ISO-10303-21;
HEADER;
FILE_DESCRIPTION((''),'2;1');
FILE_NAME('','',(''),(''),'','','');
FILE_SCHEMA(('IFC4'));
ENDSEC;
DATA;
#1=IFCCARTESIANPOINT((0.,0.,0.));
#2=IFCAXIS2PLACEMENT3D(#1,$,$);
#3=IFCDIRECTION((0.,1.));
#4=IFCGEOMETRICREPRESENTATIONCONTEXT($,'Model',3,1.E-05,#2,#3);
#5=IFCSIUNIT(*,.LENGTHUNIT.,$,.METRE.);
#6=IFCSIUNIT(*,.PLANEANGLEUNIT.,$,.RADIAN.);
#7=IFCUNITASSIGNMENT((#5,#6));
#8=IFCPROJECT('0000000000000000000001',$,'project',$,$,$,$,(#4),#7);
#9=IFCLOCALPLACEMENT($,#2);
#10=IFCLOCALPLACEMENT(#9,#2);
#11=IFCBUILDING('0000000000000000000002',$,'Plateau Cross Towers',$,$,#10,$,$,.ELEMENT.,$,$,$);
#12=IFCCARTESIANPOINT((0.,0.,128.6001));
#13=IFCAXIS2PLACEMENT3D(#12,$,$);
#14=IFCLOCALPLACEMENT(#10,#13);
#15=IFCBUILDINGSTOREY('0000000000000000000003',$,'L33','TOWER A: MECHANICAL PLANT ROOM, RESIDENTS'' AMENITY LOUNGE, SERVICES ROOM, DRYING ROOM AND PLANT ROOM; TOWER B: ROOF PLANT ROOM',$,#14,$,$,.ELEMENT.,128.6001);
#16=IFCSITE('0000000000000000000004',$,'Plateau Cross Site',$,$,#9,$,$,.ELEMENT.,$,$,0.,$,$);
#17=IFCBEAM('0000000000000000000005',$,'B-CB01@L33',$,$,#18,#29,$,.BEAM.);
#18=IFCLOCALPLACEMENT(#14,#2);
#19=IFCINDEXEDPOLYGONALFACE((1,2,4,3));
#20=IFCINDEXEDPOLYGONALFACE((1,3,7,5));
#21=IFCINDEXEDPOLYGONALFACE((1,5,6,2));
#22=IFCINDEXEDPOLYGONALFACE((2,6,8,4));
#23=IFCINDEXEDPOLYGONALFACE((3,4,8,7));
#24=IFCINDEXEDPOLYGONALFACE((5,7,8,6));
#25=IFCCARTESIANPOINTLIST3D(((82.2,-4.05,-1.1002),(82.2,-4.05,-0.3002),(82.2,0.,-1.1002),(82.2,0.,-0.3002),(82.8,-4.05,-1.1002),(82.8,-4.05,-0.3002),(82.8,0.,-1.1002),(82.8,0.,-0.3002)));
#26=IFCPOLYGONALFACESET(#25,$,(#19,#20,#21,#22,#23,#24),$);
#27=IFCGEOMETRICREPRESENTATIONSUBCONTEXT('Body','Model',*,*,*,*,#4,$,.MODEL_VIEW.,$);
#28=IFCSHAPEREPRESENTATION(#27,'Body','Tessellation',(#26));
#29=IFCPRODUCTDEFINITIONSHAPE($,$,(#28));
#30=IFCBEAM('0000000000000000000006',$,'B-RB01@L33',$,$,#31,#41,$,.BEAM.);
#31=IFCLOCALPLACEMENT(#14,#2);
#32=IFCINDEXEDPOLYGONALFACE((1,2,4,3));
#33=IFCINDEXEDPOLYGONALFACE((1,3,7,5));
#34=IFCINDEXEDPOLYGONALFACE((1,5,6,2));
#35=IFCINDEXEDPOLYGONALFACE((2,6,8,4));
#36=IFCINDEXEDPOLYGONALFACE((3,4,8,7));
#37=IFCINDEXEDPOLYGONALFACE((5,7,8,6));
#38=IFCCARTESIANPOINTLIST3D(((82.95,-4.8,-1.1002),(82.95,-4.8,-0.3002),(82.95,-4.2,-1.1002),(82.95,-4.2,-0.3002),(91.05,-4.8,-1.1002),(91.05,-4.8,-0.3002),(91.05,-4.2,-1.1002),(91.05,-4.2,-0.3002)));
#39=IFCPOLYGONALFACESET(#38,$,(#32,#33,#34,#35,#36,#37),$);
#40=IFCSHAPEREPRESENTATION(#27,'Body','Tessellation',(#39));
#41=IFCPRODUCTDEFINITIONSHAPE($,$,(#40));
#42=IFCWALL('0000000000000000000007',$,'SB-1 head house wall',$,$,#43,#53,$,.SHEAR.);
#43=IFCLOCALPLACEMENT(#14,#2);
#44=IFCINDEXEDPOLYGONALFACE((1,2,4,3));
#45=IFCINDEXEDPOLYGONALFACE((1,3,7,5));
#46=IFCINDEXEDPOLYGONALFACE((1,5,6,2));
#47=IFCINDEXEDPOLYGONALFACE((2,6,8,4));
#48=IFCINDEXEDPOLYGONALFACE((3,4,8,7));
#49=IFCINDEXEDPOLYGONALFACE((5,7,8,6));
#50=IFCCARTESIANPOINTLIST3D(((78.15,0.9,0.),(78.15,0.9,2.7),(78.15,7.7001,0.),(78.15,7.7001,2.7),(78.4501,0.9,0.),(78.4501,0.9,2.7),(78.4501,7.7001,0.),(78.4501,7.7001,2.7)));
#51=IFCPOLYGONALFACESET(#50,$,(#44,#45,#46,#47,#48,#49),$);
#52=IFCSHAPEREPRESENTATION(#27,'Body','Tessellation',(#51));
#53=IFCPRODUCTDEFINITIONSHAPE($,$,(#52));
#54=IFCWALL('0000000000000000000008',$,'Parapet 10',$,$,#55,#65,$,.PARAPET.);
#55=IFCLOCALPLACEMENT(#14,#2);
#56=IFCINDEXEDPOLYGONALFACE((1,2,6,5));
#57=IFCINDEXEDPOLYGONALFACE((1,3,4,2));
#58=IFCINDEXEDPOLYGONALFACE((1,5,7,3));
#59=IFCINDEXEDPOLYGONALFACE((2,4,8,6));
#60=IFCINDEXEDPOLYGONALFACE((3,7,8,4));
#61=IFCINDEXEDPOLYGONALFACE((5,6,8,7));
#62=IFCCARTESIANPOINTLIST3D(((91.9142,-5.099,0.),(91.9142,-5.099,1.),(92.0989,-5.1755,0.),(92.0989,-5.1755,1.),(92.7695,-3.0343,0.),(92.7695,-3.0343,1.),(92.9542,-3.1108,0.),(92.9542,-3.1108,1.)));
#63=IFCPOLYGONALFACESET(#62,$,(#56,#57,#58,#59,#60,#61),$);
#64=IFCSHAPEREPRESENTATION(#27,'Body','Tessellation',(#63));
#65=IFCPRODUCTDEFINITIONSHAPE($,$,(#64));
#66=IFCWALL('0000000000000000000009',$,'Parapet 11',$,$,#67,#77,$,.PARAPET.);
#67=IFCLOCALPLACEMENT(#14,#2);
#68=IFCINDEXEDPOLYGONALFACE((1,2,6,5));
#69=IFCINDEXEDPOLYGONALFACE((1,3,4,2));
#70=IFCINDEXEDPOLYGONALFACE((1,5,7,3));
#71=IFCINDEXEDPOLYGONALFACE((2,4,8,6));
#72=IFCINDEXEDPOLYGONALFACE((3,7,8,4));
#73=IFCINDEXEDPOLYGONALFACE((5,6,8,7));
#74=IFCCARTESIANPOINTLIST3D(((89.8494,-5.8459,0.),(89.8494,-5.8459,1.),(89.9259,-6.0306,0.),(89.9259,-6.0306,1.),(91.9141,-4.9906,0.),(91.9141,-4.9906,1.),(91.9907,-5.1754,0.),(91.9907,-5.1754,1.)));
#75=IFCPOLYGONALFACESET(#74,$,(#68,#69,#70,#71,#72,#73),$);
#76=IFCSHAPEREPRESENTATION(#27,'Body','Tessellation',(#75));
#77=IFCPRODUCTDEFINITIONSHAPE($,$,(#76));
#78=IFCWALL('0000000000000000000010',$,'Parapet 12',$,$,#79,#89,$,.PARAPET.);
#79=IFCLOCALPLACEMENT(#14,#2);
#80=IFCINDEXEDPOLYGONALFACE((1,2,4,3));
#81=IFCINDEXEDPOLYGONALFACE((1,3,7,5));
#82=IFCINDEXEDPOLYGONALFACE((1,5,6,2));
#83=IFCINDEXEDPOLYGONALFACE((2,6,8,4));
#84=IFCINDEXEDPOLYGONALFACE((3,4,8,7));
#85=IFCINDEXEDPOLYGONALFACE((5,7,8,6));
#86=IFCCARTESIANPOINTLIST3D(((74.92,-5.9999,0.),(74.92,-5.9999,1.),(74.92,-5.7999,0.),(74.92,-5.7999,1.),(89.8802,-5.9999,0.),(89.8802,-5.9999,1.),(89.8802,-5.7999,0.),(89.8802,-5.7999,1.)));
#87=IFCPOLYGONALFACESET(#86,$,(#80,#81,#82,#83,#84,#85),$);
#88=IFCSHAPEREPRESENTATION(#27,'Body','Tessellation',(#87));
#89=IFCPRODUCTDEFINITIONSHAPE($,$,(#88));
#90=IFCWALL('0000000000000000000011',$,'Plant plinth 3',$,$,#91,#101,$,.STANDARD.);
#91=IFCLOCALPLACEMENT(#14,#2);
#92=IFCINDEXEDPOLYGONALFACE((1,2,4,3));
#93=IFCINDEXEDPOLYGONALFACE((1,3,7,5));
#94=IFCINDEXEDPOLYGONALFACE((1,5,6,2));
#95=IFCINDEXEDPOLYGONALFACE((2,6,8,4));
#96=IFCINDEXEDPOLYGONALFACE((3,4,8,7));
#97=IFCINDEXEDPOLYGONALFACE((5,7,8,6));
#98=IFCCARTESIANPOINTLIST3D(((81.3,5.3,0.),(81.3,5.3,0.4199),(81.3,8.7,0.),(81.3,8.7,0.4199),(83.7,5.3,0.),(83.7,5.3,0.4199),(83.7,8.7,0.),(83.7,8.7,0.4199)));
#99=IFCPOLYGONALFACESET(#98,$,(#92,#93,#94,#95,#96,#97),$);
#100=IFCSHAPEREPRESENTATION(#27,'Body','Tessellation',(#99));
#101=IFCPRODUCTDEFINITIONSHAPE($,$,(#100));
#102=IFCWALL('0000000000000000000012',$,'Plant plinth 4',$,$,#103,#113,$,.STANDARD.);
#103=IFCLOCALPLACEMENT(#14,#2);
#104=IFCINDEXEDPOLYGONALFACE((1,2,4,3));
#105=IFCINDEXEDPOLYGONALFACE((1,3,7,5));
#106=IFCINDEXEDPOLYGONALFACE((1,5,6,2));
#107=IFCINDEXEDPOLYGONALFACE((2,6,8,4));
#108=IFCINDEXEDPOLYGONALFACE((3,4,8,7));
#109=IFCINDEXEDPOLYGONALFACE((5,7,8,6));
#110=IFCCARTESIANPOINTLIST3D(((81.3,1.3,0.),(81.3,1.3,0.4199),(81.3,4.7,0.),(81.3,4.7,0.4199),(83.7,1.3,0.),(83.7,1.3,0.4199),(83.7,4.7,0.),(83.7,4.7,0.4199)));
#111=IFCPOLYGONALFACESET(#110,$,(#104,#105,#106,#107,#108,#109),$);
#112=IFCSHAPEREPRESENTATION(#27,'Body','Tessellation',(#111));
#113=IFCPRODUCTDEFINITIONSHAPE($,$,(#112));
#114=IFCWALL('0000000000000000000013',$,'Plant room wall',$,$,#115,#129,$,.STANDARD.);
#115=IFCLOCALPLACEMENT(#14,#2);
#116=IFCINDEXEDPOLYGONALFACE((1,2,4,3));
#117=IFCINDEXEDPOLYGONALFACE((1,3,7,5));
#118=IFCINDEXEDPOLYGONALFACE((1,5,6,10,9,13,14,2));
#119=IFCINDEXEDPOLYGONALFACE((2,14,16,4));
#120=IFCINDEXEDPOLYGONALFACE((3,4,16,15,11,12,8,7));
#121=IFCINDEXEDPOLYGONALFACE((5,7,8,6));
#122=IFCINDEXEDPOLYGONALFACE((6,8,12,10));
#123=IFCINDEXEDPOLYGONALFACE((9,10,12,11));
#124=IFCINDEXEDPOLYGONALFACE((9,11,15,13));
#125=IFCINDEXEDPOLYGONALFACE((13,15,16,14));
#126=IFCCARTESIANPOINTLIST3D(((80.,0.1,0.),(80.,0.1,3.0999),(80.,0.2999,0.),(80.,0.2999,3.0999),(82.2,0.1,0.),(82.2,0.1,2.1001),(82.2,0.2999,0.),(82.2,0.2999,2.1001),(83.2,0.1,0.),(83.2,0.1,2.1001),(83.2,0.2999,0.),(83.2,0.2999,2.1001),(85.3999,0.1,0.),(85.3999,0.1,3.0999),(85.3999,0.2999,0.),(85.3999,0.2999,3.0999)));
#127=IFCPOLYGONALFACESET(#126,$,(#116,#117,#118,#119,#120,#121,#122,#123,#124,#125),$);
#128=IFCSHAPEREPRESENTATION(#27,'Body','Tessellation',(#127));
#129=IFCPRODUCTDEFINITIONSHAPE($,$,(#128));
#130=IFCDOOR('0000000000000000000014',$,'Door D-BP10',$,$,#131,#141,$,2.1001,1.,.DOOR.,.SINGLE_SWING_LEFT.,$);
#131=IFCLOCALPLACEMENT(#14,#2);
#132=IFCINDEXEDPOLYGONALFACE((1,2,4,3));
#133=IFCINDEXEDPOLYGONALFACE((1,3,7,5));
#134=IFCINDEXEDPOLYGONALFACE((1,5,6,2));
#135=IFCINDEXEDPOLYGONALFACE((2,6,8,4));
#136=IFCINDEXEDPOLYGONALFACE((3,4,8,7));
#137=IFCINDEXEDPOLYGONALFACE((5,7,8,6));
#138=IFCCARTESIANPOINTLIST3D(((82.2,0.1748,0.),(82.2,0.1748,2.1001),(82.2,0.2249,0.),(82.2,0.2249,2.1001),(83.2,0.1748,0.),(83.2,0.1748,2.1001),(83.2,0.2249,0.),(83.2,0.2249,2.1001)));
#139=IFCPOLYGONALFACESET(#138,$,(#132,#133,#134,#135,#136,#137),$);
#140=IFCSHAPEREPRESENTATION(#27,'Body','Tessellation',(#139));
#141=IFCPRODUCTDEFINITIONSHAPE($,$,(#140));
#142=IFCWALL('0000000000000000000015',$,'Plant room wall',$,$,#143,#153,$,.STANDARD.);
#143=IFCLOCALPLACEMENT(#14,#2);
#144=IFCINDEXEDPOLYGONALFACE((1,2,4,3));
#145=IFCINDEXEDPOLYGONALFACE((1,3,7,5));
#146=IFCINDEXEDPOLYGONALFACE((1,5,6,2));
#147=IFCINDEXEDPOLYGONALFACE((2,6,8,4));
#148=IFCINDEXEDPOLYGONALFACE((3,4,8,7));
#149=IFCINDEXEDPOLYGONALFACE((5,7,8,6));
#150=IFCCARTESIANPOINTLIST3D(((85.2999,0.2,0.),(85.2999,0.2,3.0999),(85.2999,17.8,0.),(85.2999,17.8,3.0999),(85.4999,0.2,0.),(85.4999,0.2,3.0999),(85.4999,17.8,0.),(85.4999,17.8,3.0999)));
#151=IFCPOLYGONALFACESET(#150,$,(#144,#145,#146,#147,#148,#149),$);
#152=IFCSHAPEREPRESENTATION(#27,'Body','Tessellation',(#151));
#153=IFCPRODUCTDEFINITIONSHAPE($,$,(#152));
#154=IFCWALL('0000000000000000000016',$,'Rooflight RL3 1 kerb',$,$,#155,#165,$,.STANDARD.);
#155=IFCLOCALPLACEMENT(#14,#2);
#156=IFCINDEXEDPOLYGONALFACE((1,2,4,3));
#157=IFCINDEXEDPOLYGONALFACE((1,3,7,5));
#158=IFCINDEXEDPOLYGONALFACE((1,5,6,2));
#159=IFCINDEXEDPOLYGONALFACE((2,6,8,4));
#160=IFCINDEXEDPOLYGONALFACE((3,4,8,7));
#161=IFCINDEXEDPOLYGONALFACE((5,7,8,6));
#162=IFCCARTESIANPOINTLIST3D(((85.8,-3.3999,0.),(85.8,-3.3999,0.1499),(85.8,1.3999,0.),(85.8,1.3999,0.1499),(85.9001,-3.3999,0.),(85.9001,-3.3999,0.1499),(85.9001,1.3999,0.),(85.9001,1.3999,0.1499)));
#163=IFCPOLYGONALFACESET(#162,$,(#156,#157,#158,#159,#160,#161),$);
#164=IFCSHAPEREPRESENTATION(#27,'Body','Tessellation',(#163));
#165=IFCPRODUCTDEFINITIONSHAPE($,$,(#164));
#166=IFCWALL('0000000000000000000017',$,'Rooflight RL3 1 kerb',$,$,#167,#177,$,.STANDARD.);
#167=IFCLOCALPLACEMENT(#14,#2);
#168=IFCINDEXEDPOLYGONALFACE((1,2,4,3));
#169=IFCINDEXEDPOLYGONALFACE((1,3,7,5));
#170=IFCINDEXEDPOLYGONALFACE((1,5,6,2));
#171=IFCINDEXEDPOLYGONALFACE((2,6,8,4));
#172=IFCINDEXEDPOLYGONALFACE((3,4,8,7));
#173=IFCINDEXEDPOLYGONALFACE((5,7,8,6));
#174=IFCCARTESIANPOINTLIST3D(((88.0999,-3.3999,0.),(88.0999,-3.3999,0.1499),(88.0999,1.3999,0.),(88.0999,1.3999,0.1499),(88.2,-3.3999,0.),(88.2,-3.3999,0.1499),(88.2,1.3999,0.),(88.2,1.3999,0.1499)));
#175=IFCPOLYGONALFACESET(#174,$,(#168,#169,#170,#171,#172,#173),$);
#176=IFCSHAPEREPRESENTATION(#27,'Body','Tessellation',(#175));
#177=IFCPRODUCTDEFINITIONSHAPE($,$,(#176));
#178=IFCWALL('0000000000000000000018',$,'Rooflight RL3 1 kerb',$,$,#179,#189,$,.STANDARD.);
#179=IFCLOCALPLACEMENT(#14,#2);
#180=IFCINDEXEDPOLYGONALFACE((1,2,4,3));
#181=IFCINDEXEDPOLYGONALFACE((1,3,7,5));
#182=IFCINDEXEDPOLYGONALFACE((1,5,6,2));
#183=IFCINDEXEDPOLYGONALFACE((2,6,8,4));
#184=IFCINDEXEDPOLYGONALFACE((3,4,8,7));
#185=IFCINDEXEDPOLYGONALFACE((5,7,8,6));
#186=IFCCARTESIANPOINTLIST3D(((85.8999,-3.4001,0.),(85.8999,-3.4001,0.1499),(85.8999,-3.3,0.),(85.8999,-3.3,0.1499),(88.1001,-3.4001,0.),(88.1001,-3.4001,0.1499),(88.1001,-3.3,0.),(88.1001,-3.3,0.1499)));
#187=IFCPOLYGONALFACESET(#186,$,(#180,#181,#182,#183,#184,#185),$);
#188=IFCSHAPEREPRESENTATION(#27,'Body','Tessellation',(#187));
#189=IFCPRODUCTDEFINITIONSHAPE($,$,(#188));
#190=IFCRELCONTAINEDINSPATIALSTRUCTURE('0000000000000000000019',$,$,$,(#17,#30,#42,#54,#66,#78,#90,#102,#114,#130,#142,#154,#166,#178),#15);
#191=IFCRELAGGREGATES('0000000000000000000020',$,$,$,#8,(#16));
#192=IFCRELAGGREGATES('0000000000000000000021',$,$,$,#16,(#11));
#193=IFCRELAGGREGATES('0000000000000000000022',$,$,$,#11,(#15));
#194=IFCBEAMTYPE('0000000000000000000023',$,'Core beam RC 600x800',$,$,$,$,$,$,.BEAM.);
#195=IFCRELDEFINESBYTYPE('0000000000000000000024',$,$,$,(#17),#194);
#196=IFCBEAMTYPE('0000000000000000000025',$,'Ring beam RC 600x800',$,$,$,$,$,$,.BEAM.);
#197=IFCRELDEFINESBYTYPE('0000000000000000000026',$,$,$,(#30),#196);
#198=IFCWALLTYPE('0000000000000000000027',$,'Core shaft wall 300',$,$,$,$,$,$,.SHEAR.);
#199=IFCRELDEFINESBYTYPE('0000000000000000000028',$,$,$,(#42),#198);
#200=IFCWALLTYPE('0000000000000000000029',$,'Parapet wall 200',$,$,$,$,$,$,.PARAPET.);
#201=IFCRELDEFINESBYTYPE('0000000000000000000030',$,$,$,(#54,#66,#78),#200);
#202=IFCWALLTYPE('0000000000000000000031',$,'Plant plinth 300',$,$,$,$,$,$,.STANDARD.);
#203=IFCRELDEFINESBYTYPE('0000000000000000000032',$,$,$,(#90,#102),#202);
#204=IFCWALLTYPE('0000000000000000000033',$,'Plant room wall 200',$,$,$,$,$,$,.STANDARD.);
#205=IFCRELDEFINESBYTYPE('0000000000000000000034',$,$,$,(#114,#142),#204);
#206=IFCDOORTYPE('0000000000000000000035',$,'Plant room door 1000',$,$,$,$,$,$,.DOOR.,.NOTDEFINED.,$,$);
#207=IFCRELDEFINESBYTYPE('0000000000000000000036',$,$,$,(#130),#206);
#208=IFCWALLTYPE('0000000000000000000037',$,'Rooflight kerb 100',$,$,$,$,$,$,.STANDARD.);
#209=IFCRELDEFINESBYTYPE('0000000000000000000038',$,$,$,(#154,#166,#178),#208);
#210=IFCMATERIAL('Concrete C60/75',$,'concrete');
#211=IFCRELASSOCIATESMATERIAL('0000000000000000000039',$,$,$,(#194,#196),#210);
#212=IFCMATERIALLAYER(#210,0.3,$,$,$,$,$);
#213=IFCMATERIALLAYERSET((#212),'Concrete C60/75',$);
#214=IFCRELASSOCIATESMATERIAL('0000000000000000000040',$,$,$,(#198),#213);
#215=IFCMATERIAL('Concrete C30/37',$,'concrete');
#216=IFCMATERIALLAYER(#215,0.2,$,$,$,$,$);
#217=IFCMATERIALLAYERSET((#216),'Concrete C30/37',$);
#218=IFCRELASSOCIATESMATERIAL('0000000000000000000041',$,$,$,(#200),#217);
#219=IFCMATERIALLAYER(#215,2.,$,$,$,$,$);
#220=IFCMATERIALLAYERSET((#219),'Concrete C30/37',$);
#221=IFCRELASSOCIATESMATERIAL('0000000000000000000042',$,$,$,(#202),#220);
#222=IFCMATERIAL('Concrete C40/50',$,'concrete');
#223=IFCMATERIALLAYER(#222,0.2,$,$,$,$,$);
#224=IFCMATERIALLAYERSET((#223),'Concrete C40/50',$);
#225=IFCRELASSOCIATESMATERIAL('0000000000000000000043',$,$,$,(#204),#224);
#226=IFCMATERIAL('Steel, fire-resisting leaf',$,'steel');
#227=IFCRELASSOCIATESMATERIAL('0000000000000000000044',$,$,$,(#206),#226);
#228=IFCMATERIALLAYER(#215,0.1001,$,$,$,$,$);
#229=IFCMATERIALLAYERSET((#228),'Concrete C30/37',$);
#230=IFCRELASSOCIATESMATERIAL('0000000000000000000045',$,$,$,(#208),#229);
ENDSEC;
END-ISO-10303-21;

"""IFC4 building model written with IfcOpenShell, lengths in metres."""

from ifc_helpers import new_model, si_unit, direction, frame, frame_2d, origin, origin_2d, place, context, subcontext, project, spatial, rectangle, extrude, material, layer, layer_set, material_profile, profile_set, type_object, element, fill, save


model = new_model("IFC4")

# Units and contexts
model_context = context("Model", 3, precision=1e-05, world=origin(), true_north=direction((0.0, 1.0)))
body_context = subcontext(model_context, "Body", "Model", "MODEL_VIEW")
ifc_project = project(units=[si_unit("LENGTHUNIT", "METRE"), si_unit("PLANEANGLEUNIT", "RADIAN")], contexts=[model_context])

# Site, building, storey
site_placement = place(None, origin())
site = spatial("IfcSite", under=ifc_project, at=site_placement, Name="Plateau Cross Site", CompositionType="ELEMENT", RefElevation=0.0)
building_placement = place(site_placement, origin())
building = spatial("IfcBuilding", under=site, at=building_placement, Name="Plateau Cross Towers", CompositionType="ELEMENT")
storey_placement = place(building_placement, frame((0.0, 0.0, 128.6001)))
storey = spatial("IfcBuildingStorey", under=building, at=storey_placement, Name="L33", Description="TOWER A: MECHANICAL PLANT ROOM, RESIDENTS' AMENITY LOUNGE, SERVICES ROOM, DRYING ROOM AND PLANT ROOM; TOWER B: ROOF PLANT ROOM", CompositionType="ELEMENT", Elevation=128.6001)

# Beams
ifc_material_1 = material(Name="Concrete C60/75", Category="concrete")
ifc_material_profile_1 = material_profile(ifc_material_1, rectangle(XDim=0.6001, YDim=0.8, at=origin_2d()), Name="RC 600x800")
ifc_profile_set_1 = profile_set([ifc_material_profile_1], Name="Concrete C60/75")
beam_type_1 = type_object("IfcBeamType", Name="Core beam RC 600x800", PredefinedType="BEAM", material=ifc_profile_set_1)
beam_1_placement = place(storey_placement, frame((82.5, 0.0, -0.7002), z_axis=(0.0, -1.0, 0.0), x_axis=(1.0, 0.0, 0.0)))
element("IfcBeam", 1, at=beam_1_placement, inside=storey, type_object=beam_type_1, Name="B-CB01@L33", PredefinedType="BEAM", context=body_context, shape_type="SweptSolid", body=[
    extrude(rectangle(XDim=0.6001, YDim=0.8, at=origin_2d()), origin(), (0.0, 0.0, 1.0), 4.05),
])
ifc_material_profile_2 = material_profile(ifc_material_1, rectangle(XDim=0.6001, YDim=0.8, at=origin_2d()), Name="RC 600x800")
ifc_profile_set_2 = profile_set([ifc_material_profile_2], Name="Concrete C60/75")
beam_type_2 = type_object("IfcBeamType", Name="Ring beam RC 600x800", PredefinedType="BEAM", material=ifc_profile_set_2)
beam_2_placement = place(storey_placement, frame((82.95, -4.5, -0.7002), z_axis=(1.0, 0.0, 0.0), x_axis=(0.0, 1.0, 0.0)))
element("IfcBeam", 2, at=beam_2_placement, inside=storey, type_object=beam_type_2, Name="B-RB01@L33", PredefinedType="BEAM", context=body_context, shape_type="SweptSolid", body=[
    extrude(rectangle(XDim=0.6001, YDim=0.8, at=origin_2d()), origin(), (0.0, 0.0, 1.0), 8.1001),
])

# Walls
ifc_layer_1 = layer(ifc_material_1, 0.3)
ifc_layer_set_1 = layer_set([ifc_layer_1], Name="Concrete C60/75")
wall_type_1 = type_object("IfcWallType", Name="Core shaft wall 300", PredefinedType="SHEAR", material=ifc_layer_set_1)
wall_1_placement = place(storey_placement, frame((78.3, 7.7, 0.0), z_axis=(0.0, 0.0, 1.0), x_axis=(0.0, -1.0, 0.0)))
element("IfcWall", 3, at=wall_1_placement, inside=storey, type_object=wall_type_1, Name="SB-1 head house wall", PredefinedType="SHEAR", context=body_context, shape_type="SweptSolid", body=[
    extrude(rectangle(XDim=6.8, YDim=0.3, at=frame_2d((3.3999, 0.0))), origin(), (0.0, 0.0, 1.0), 2.7),
])
ifc_material_2 = material(Name="Concrete C30/37", Category="concrete")
ifc_layer_2 = layer(ifc_material_2, 0.2)
ifc_layer_set_2 = layer_set([ifc_layer_2], Name="Concrete C30/37")
wall_type_2 = type_object("IfcWallType", Name="Parapet wall 200", PredefinedType="PARAPET", material=ifc_layer_set_2)
for number, where, z_axis, x_axis, name in (
    (4, (92.8618, -3.0725, 0.0), (0.0, 0.0, 1.0), (-0.382683, -0.92388, 0.0), "Parapet 10"),
    (5, (91.9524, -5.083, 0.0), (0.0, 0.0, 1.0), (-0.92388, -0.382683, 0.0), "Parapet 11"),
):
    element("IfcWall", number, at=place(storey_placement, frame(where, z_axis=z_axis, x_axis=x_axis)), inside=storey, type_object=wall_type_2, Name=name, PredefinedType="PARAPET", context=body_context, shape_type="SweptSolid", body=[
        extrude(rectangle(XDim=2.2349, YDim=0.2, at=frame_2d((1.1174, 0.0))), origin(), (0.0, 0.0, 1.0), 1.0),
    ])
wall_2_placement = place(storey_placement, frame((89.8801, -5.8999, 0.0), z_axis=(0.0, 0.0, 1.0), x_axis=(-1.0, 0.0, 0.0)))
element("IfcWall", 6, at=wall_2_placement, inside=storey, type_object=wall_type_2, Name="Parapet 12", PredefinedType="PARAPET", context=body_context, shape_type="SweptSolid", body=[
    extrude(rectangle(XDim=14.9602, YDim=0.2, at=frame_2d((7.48, 0.0))), origin(), (0.0, 0.0, 1.0), 1.0),
])
ifc_layer_3 = layer(ifc_material_2, 2.0)
ifc_layer_set_3 = layer_set([ifc_layer_3], Name="Concrete C30/37")
wall_type_3 = type_object("IfcWallType", Name="Plant plinth 300", PredefinedType="STANDARD", material=ifc_layer_set_3)
for number, where, z_axis, x_axis, name in (
    (7, (82.5, 8.7, 0.0), (0.0, 0.0, 1.0), (0.0, -1.0, 0.0), "Plant plinth 3"),
    (8, (82.5, 4.7, 0.0), (0.0, 0.0, 1.0), (0.0, -1.0, 0.0), "Plant plinth 4"),
):
    element("IfcWall", number, at=place(storey_placement, frame(where, z_axis=z_axis, x_axis=x_axis)), inside=storey, type_object=wall_type_3, Name=name, PredefinedType="STANDARD", context=body_context, shape_type="SweptSolid", body=[
        extrude(rectangle(XDim=3.3999, YDim=2.3999, at=frame_2d((1.7, 0.0))), origin(), (0.0, 0.0, 1.0), 0.4199),
    ])

# Wall, opening, door
ifc_material_3 = material(Name="Concrete C40/50", Category="concrete")
ifc_layer_4 = layer(ifc_material_3, 0.2)
ifc_layer_set_4 = layer_set([ifc_layer_4], Name="Concrete C40/50")
wall_type_4 = type_object("IfcWallType", Name="Plant room wall 200", PredefinedType="STANDARD", material=ifc_layer_set_4)
wall_3_placement = place(storey_placement, frame((80.0, 0.2, 0.0), z_axis=(0.0, 0.0, 1.0), x_axis=(1.0, 0.0, 0.0)))
wall_3 = element("IfcWall", 9, at=wall_3_placement, inside=storey, type_object=wall_type_4, Name="Plant room wall", PredefinedType="STANDARD", context=body_context, shape_type="SweptSolid", body=[
    extrude(rectangle(XDim=5.3999, YDim=0.2, at=frame_2d((2.7, 0.0))), origin(), (0.0, 0.0, 1.0), 3.0999),
])
opening_placement = place(wall_3_placement, frame((2.2, 0.0, 0.0)))
opening = element("IfcOpeningElement", 10, at=opening_placement, cuts=wall_3, PredefinedType="OPENING", context=body_context, shape_type="SweptSolid", body=[
    extrude(rectangle(XDim=1.0, YDim=2.1001, at=frame_2d((0.5, 1.05))), frame((0.0, 0.1099, 0.0), z_axis=(0.0, -1.0, 0.0), x_axis=(1.0, 0.0, 0.0)), (0.0, 0.0, 1.0), 0.22),
])
ifc_material_4 = material(Name="Steel, fire-resisting leaf", Category="steel")
door_type = type_object("IfcDoorType", Name="Plant room door 1000", OperationType="NOTDEFINED", PredefinedType="DOOR", material=ifc_material_4)
door_placement = place(opening_placement, origin())
door = element("IfcDoor", 11, at=door_placement, inside=storey, type_object=door_type, Name="Door D-BP10", OperationType="SINGLE_SWING_LEFT", OverallHeight=2.1001, OverallWidth=1.0, PredefinedType="DOOR", context=body_context, shape_type="SweptSolid", body=[
    extrude(rectangle(XDim=1.0, YDim=2.1001, at=frame_2d((0.5, 1.05))), frame((0.0, 0.0249, 0.0), z_axis=(0.0, -1.0, 0.0), x_axis=(1.0, 0.0, 0.0)), (0.0, 0.0, 1.0), 0.05),
])
fill(opening, door)

# Walls
wall_4_placement = place(storey_placement, frame((85.3999, 0.2, 0.0), z_axis=(0.0, 0.0, 1.0), x_axis=(0.0, 1.0, 0.0)))
element("IfcWall", 12, at=wall_4_placement, inside=storey, type_object=wall_type_4, Name="Plant room wall", PredefinedType="STANDARD", context=body_context, shape_type="SweptSolid", body=[
    extrude(rectangle(XDim=17.6001, YDim=0.2, at=frame_2d((8.8, 0.0))), origin(), (0.0, 0.0, 1.0), 3.0999),
])
ifc_layer_5 = layer(ifc_material_2, 0.1001)
ifc_layer_set_5 = layer_set([ifc_layer_5], Name="Concrete C30/37")
wall_type_5 = type_object("IfcWallType", Name="Rooflight kerb 100", PredefinedType="STANDARD", material=ifc_layer_set_5)
for number, where, z_axis, x_axis, name in (
    (13, (85.8501, -3.3999, 0.0), (0.0, 0.0, 1.0), (0.0, 1.0, 0.0), "Rooflight RL3 1 kerb"),
    (14, (88.1499, -3.3999, 0.0), (0.0, 0.0, 1.0), (0.0, 1.0, 0.0), "Rooflight RL3 1 kerb"),
):
    element("IfcWall", number, at=place(storey_placement, frame(where, z_axis=z_axis, x_axis=x_axis)), inside=storey, type_object=wall_type_5, Name=name, PredefinedType="STANDARD", context=body_context, shape_type="SweptSolid", body=[
        extrude(rectangle(XDim=4.7998, YDim=0.1001, at=frame_2d((2.3999, 0.0))), origin(), (0.0, 0.0, 1.0), 0.1499),
    ])
for number, where, z_axis, x_axis, name in (
    (15, (85.8999, -3.3501, 0.0), (0.0, 0.0, 1.0), (1.0, 0.0, 0.0), "Rooflight RL3 1 kerb"),
):
    element("IfcWall", number, at=place(storey_placement, frame(where, z_axis=z_axis, x_axis=x_axis)), inside=storey, type_object=wall_type_5, Name=name, PredefinedType="STANDARD", context=body_context, shape_type="SweptSolid", body=[
        extrude(rectangle(XDim=2.2002, YDim=0.1001, at=frame_2d((1.1001, 0.0))), origin(), (0.0, 0.0, 1.0), 0.1499),
    ])

save(model, "model.ifc")
